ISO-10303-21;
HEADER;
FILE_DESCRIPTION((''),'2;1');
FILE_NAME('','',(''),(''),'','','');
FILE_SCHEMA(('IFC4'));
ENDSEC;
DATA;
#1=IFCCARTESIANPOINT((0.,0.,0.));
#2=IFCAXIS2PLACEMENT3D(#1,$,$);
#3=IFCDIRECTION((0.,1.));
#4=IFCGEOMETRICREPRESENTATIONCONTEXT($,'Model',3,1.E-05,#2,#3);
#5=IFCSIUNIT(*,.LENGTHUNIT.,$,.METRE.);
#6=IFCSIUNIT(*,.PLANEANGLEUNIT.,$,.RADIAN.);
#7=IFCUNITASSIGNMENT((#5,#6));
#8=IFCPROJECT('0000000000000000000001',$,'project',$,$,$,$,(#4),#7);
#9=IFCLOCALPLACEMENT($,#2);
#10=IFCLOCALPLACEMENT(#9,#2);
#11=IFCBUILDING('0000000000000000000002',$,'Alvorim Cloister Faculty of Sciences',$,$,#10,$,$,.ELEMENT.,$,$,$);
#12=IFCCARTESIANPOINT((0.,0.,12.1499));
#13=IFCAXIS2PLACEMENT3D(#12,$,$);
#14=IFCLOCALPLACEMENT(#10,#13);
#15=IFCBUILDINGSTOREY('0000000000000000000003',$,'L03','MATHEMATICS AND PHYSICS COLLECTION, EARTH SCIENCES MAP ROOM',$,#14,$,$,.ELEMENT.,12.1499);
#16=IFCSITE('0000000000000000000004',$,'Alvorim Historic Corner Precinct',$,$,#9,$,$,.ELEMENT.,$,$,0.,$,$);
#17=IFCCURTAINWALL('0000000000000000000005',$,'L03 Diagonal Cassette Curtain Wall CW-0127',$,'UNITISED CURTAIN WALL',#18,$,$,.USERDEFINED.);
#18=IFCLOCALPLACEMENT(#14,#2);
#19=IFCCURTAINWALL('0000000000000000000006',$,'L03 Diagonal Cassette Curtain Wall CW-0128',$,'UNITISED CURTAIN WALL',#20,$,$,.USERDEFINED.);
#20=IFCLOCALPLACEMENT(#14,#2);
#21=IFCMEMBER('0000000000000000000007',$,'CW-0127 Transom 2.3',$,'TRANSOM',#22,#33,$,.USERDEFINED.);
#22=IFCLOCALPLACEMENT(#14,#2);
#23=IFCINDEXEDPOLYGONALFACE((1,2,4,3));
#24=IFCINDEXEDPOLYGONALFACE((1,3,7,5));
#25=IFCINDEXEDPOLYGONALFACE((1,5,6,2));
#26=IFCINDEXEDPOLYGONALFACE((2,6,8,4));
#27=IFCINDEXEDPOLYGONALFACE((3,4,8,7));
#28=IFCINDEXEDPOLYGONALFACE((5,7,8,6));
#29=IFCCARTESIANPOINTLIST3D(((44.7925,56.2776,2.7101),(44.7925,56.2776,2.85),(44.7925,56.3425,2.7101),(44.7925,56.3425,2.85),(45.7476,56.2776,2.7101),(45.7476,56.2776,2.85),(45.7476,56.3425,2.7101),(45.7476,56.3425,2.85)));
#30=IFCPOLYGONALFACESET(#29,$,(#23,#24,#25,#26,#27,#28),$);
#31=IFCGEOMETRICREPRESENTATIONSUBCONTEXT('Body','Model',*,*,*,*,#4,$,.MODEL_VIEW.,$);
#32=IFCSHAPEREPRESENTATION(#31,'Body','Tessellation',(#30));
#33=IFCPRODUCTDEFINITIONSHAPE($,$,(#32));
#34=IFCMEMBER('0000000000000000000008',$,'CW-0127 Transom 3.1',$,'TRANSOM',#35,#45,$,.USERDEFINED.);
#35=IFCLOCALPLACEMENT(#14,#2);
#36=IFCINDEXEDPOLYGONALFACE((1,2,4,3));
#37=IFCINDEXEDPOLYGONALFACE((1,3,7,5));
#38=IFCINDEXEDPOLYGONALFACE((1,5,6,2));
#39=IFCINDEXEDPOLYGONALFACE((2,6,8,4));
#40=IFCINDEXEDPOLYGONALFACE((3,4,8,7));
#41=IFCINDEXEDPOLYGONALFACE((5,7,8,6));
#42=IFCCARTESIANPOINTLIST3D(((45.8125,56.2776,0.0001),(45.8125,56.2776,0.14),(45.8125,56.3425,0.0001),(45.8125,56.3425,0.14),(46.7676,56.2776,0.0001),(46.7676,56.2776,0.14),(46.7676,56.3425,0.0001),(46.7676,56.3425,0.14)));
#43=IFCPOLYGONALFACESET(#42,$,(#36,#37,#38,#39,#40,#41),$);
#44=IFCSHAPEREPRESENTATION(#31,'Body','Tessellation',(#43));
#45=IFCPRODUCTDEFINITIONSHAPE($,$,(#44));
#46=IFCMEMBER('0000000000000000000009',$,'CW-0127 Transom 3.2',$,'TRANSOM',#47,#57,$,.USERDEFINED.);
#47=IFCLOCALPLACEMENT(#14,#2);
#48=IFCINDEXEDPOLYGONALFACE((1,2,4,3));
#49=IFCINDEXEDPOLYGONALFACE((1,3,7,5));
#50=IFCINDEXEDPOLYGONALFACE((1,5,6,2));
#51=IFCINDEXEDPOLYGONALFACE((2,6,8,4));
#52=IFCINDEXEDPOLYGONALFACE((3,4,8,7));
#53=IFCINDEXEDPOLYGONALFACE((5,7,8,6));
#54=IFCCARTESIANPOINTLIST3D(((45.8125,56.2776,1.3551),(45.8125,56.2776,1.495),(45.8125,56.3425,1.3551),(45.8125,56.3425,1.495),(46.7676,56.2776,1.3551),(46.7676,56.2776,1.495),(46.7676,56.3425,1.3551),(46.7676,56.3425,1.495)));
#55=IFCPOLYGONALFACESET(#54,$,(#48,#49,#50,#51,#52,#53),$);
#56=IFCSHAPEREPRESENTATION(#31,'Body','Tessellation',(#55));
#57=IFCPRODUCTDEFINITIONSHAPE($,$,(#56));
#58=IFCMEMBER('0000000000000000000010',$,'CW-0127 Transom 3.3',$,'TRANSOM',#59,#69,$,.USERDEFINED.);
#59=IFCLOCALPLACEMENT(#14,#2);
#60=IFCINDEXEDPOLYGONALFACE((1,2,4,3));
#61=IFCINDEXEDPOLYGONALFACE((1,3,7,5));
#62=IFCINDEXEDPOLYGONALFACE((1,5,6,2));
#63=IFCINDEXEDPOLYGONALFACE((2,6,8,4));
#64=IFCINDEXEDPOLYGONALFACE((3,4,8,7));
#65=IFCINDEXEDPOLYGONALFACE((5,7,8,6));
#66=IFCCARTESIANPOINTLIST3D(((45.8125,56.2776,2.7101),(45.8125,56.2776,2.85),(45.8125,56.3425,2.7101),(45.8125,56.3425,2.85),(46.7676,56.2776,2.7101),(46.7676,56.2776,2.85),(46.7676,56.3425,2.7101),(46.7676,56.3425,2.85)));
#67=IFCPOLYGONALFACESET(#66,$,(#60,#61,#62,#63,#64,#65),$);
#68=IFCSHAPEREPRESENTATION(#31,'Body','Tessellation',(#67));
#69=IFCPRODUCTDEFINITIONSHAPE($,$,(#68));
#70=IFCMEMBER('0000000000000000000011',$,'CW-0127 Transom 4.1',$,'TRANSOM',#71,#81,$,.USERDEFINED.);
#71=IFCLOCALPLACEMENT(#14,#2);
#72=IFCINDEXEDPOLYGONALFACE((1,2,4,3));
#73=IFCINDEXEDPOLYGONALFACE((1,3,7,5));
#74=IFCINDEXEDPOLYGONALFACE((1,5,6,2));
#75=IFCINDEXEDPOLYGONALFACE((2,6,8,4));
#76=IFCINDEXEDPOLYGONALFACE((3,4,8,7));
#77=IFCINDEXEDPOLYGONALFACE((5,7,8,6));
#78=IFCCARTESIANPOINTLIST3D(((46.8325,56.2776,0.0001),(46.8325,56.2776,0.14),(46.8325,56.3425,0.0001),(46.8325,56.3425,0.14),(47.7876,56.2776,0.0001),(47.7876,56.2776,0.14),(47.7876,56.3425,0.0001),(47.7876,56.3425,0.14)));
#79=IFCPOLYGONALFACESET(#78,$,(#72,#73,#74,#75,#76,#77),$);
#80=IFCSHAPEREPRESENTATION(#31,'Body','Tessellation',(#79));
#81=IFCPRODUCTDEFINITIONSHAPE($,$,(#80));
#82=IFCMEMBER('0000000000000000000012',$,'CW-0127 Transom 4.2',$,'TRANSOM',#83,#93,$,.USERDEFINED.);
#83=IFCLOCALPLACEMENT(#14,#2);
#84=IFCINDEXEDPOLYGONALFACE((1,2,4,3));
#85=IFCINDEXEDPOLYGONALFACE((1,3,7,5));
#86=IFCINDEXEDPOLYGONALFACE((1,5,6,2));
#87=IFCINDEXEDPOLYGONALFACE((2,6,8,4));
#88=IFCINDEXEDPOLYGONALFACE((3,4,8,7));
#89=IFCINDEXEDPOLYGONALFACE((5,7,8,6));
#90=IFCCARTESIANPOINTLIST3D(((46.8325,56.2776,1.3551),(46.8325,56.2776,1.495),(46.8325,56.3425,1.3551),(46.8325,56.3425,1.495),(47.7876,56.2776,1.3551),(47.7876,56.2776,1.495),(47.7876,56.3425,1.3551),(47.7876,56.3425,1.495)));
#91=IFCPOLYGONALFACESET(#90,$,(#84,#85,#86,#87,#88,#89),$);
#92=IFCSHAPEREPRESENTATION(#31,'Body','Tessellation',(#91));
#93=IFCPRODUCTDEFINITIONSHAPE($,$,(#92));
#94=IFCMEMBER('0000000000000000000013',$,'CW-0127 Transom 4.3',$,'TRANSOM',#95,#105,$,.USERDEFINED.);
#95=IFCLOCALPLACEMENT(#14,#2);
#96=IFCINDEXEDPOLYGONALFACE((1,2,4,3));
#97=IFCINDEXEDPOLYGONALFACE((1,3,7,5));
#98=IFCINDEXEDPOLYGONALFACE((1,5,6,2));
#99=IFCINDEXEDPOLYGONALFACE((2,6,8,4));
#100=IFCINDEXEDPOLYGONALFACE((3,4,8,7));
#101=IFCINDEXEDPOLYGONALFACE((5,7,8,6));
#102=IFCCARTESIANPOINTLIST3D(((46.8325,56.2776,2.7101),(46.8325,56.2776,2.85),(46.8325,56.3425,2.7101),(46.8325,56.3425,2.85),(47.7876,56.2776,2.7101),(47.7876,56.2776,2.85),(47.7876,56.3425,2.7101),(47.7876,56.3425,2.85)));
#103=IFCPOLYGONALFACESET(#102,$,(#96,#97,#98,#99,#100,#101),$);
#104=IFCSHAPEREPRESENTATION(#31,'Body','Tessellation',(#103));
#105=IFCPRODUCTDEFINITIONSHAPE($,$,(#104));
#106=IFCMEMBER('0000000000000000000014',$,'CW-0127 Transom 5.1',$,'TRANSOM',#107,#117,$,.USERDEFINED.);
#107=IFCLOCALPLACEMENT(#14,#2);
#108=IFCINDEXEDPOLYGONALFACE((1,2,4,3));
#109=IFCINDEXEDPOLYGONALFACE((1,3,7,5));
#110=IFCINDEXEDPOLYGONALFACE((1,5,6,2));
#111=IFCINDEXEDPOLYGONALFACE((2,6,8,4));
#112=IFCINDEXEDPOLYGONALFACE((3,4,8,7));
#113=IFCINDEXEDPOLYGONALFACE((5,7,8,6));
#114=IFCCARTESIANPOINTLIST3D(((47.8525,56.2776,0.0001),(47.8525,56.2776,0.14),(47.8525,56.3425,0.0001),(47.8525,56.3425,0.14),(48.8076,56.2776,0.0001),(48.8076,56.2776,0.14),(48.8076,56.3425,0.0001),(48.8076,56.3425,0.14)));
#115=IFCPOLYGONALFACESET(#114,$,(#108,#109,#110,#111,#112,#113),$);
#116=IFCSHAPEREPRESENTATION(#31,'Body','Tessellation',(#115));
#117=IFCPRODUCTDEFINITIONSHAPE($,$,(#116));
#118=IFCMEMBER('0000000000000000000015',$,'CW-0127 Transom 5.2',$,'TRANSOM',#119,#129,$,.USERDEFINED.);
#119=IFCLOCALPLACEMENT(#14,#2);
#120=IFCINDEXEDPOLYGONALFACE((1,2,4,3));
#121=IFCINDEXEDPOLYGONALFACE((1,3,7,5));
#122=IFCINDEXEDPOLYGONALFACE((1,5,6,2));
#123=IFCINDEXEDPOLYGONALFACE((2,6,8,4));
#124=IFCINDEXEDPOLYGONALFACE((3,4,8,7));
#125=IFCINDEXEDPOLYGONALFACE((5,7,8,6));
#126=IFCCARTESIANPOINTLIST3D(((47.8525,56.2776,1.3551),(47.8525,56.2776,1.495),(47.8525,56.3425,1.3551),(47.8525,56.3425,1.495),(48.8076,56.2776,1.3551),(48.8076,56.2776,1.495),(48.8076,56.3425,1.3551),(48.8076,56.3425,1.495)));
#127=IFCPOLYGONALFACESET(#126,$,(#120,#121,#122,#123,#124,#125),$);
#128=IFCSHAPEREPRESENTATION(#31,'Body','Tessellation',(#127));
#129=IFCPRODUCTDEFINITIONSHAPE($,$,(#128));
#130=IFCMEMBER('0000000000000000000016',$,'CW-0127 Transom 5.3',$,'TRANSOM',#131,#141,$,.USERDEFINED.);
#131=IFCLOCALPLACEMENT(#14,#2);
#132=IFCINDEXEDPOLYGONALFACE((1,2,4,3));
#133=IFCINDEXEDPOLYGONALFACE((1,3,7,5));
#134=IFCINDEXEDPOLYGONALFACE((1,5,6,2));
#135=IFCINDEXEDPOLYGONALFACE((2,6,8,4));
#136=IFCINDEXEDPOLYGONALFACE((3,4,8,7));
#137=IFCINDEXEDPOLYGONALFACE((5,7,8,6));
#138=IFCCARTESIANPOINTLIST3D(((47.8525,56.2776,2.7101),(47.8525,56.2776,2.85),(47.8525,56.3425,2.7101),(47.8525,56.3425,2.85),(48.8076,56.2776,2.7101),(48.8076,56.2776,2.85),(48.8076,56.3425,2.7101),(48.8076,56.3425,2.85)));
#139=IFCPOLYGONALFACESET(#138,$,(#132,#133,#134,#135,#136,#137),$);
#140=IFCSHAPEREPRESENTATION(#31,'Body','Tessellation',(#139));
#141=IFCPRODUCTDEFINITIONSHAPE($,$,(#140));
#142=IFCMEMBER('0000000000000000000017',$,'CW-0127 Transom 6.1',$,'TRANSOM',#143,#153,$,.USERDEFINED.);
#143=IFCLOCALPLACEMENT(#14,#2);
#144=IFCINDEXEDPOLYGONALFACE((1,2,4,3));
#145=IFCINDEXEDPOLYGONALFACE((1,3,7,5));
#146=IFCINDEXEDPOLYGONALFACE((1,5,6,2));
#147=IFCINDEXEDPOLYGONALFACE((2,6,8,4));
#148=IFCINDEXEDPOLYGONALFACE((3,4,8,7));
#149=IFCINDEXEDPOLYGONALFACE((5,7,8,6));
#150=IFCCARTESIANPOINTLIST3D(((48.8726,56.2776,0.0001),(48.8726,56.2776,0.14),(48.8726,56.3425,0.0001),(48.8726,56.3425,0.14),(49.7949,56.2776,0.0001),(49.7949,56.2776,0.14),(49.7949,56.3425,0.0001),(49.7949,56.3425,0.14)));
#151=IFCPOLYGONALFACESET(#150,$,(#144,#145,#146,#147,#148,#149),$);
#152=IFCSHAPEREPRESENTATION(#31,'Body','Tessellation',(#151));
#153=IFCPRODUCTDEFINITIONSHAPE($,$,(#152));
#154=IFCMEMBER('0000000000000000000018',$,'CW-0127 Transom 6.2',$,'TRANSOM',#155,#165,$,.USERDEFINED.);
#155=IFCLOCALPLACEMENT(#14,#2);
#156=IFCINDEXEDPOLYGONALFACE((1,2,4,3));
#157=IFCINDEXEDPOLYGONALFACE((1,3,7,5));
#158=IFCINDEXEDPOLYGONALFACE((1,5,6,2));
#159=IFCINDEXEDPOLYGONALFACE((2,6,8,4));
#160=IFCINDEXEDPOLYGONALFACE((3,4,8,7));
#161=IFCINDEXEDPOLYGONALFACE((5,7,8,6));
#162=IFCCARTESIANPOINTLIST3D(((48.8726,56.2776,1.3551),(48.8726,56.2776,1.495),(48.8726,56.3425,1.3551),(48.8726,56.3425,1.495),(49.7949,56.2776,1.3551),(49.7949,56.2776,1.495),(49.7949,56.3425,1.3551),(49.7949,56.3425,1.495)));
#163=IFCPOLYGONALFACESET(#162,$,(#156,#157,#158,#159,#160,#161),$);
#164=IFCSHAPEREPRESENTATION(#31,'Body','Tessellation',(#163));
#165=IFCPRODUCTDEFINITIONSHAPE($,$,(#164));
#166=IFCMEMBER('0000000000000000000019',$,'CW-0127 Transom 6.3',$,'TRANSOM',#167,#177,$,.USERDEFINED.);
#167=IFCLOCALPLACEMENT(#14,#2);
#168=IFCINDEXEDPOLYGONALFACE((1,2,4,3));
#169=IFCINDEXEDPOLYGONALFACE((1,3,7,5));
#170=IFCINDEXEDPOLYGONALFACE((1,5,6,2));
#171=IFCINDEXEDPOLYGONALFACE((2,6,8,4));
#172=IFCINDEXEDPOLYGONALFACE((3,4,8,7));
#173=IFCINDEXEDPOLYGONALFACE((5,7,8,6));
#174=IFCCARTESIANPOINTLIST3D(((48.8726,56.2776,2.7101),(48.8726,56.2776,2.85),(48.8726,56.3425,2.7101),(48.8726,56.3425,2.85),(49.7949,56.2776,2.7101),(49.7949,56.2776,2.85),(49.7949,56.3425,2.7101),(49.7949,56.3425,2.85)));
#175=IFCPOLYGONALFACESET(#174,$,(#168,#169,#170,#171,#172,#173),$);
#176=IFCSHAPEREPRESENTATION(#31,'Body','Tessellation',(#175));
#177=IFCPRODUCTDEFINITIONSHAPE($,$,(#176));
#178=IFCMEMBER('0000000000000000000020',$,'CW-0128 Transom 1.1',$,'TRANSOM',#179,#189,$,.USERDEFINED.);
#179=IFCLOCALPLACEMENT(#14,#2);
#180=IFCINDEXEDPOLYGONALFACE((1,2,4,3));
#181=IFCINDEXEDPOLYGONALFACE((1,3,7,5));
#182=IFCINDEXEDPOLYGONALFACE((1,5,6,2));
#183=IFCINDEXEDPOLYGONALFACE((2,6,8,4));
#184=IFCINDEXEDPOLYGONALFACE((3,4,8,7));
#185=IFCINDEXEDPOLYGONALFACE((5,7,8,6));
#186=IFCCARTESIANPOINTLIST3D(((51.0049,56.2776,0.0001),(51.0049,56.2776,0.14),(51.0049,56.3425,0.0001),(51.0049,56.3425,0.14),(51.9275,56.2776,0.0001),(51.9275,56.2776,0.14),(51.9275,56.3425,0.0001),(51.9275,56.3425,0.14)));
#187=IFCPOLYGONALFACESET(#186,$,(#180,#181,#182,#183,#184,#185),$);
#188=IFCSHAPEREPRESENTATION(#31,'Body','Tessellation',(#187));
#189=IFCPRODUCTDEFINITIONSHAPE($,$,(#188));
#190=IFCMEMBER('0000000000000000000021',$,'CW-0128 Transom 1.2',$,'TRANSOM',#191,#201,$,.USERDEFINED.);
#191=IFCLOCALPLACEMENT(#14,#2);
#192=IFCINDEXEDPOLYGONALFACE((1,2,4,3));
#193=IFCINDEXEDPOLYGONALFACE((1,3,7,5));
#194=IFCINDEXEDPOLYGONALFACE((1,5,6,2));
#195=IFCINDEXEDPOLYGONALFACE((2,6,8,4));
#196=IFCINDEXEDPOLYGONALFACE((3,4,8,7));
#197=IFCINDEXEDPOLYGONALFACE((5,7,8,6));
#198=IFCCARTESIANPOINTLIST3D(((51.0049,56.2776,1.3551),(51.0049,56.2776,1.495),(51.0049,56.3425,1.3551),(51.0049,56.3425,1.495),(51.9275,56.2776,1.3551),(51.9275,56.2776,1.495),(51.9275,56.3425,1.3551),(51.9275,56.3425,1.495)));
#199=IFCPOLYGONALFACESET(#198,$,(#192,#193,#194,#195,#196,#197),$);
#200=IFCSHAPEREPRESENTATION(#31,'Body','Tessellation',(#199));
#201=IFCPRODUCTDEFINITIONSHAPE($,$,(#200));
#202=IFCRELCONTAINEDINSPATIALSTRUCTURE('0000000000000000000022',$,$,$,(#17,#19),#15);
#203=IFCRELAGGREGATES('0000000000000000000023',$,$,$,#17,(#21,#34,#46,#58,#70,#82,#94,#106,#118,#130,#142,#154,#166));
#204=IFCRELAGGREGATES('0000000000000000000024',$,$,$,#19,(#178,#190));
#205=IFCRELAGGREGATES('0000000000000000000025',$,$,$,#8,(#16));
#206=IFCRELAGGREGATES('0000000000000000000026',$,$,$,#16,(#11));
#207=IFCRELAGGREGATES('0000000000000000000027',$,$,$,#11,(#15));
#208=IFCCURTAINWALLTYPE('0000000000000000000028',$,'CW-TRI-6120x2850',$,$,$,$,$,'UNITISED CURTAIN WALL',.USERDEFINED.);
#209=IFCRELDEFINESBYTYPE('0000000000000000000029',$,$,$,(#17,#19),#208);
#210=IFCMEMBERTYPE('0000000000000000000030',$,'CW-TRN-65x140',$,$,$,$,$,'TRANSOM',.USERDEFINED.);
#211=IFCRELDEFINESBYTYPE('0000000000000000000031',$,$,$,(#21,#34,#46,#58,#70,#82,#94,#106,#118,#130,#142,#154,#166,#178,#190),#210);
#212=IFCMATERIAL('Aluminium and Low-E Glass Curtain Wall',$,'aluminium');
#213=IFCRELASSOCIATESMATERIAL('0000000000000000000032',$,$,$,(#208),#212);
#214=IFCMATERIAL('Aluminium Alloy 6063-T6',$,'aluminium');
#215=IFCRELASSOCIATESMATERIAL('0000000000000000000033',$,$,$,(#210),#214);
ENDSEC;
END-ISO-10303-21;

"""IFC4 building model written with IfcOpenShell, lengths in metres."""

from ifc_helpers import new_model, si_unit, direction, frame, origin, origin_2d, place, context, subcontext, project, spatial, rectangle, extrude, material, material_profile, profile_set, type_object, element, aggregate, save


model = new_model("IFC4")

# Units and contexts
model_context = context("Model", 3, precision=1e-05, world=origin(), true_north=direction((0.0, 1.0)))
body_context = subcontext(model_context, "Body", "Model", "MODEL_VIEW")
ifc_project = project(units=[si_unit("LENGTHUNIT", "METRE"), si_unit("PLANEANGLEUNIT", "RADIAN")], contexts=[model_context])

# Site, building, storey
site_placement = place(None, origin())
site = spatial("IfcSite", under=ifc_project, at=site_placement, Name="Alvorim Historic Corner Precinct", CompositionType="ELEMENT", RefElevation=0.0)
building_placement = place(site_placement, origin())
building = spatial("IfcBuilding", under=site, at=building_placement, Name="Alvorim Cloister Faculty of Sciences", CompositionType="ELEMENT")
storey_placement = place(building_placement, frame((0.0, 0.0, 12.1499)))
storey = spatial("IfcBuildingStorey", under=building, at=storey_placement, Name="L03", Description="MATHEMATICS AND PHYSICS COLLECTION, EARTH SCIENCES MAP ROOM", CompositionType="ELEMENT", Elevation=12.1499)

# Curtain walls
ifc_material_1 = material(Name="Aluminium and Low-E Glass Curtain Wall", Category="aluminium")
curtain_wall_type = type_object("IfcCurtainWallType", Name="CW-TRI-6120x2850", ElementType="UNITISED CURTAIN WALL", PredefinedType="USERDEFINED", material=ifc_material_1)
curtain_wall_1_placement = place(storey_placement, origin())
curtain_wall_1 = element("IfcCurtainWall", 1, at=curtain_wall_1_placement, inside=storey, type_object=curtain_wall_type, Name="L03 Diagonal Cassette Curtain Wall CW-0127", ObjectType="UNITISED CURTAIN WALL", PredefinedType="USERDEFINED")
ifc_material_2 = material(Name="Aluminium Alloy 6063-T6", Category="aluminium")
curtain_wall_2_placement = place(storey_placement, origin())
curtain_wall_2 = element("IfcCurtainWall", 2, at=curtain_wall_2_placement, inside=storey, type_object=curtain_wall_type, Name="L03 Diagonal Cassette Curtain Wall CW-0128", ObjectType="UNITISED CURTAIN WALL", PredefinedType="USERDEFINED")

# Members
ifc_material_profile_1 = material_profile(ifc_material_2, rectangle(XDim=0.0649, YDim=0.1399, at=origin_2d()), Name="ALU-TRN-65x140")
ifc_profile_set_1 = profile_set([ifc_material_profile_1], Name="Aluminium Alloy 6063-T6")
member_type_1 = type_object("IfcMemberType", Name="CW-TRN-65x140", ElementType="TRANSOM", PredefinedType="USERDEFINED", material=ifc_profile_set_1)
member_1_placement = place(storey_placement, frame((44.7925, 56.3101, 2.78), z_axis=(1.0, 0.0, 0.0), x_axis=(0.0, 1.0, 0.0)))
member_1 = element("IfcMember", 3, at=member_1_placement, type_object=member_type_1, Name="CW-0127 Transom 2.3", ObjectType="TRANSOM", PredefinedType="USERDEFINED", context=body_context, shape_type="SweptSolid", body=[
    extrude(rectangle(XDim=0.0649, YDim=0.1399, at=origin_2d()), origin(), (0.0, 0.0, 1.0), 0.9551),
])
member_2_placement = place(storey_placement, frame((45.8125, 56.3101, 0.0701), z_axis=(1.0, 0.0, 0.0), x_axis=(0.0, 1.0, 0.0)))
member_2 = element("IfcMember", 4, at=member_2_placement, type_object=member_type_1, Name="CW-0127 Transom 3.1", ObjectType="TRANSOM", PredefinedType="USERDEFINED", context=body_context, shape_type="SweptSolid", body=[
    extrude(rectangle(XDim=0.0649, YDim=0.1399, at=origin_2d()), origin(), (0.0, 0.0, 1.0), 0.9551),
])
member_3_placement = place(storey_placement, frame((45.8125, 56.3101, 1.425), z_axis=(1.0, 0.0, 0.0), x_axis=(0.0, 1.0, 0.0)))
member_3 = element("IfcMember", 5, at=member_3_placement, type_object=member_type_1, Name="CW-0127 Transom 3.2", ObjectType="TRANSOM", PredefinedType="USERDEFINED", context=body_context, shape_type="SweptSolid", body=[
    extrude(rectangle(XDim=0.0649, YDim=0.1399, at=origin_2d()), origin(), (0.0, 0.0, 1.0), 0.9551),
])
member_4_placement = place(storey_placement, frame((45.8125, 56.3101, 2.78), z_axis=(1.0, 0.0, 0.0), x_axis=(0.0, 1.0, 0.0)))
member_4 = element("IfcMember", 6, at=member_4_placement, type_object=member_type_1, Name="CW-0127 Transom 3.3", ObjectType="TRANSOM", PredefinedType="USERDEFINED", context=body_context, shape_type="SweptSolid", body=[
    extrude(rectangle(XDim=0.0649, YDim=0.1399, at=origin_2d()), origin(), (0.0, 0.0, 1.0), 0.9551),
])
member_5_placement = place(storey_placement, frame((46.8325, 56.3101, 0.0701), z_axis=(1.0, 0.0, 0.0), x_axis=(0.0, 1.0, 0.0)))
member_5 = element("IfcMember", 7, at=member_5_placement, type_object=member_type_1, Name="CW-0127 Transom 4.1", ObjectType="TRANSOM", PredefinedType="USERDEFINED", context=body_context, shape_type="SweptSolid", body=[
    extrude(rectangle(XDim=0.0649, YDim=0.1399, at=origin_2d()), origin(), (0.0, 0.0, 1.0), 0.9551),
])
member_6_placement = place(storey_placement, frame((46.8325, 56.3101, 1.425), z_axis=(1.0, 0.0, 0.0), x_axis=(0.0, 1.0, 0.0)))
member_6 = element("IfcMember", 8, at=member_6_placement, type_object=member_type_1, Name="CW-0127 Transom 4.2", ObjectType="TRANSOM", PredefinedType="USERDEFINED", context=body_context, shape_type="SweptSolid", body=[
    extrude(rectangle(XDim=0.0649, YDim=0.1399, at=origin_2d()), origin(), (0.0, 0.0, 1.0), 0.9551),
])
member_7_placement = place(storey_placement, frame((46.8325, 56.3101, 2.78), z_axis=(1.0, 0.0, 0.0), x_axis=(0.0, 1.0, 0.0)))
member_7 = element("IfcMember", 9, at=member_7_placement, type_object=member_type_1, Name="CW-0127 Transom 4.3", ObjectType="TRANSOM", PredefinedType="USERDEFINED", context=body_context, shape_type="SweptSolid", body=[
    extrude(rectangle(XDim=0.0649, YDim=0.1399, at=origin_2d()), origin(), (0.0, 0.0, 1.0), 0.9551),
])
member_8_placement = place(storey_placement, frame((47.8525, 56.3101, 0.0701), z_axis=(1.0, 0.0, 0.0), x_axis=(0.0, 1.0, 0.0)))
member_8 = element("IfcMember", 10, at=member_8_placement, type_object=member_type_1, Name="CW-0127 Transom 5.1", ObjectType="TRANSOM", PredefinedType="USERDEFINED", context=body_context, shape_type="SweptSolid", body=[
    extrude(rectangle(XDim=0.0649, YDim=0.1399, at=origin_2d()), origin(), (0.0, 0.0, 1.0), 0.9551),
])
member_9_placement = place(storey_placement, frame((47.8525, 56.3101, 1.425), z_axis=(1.0, 0.0, 0.0), x_axis=(0.0, 1.0, 0.0)))
member_9 = element("IfcMember", 11, at=member_9_placement, type_object=member_type_1, Name="CW-0127 Transom 5.2", ObjectType="TRANSOM", PredefinedType="USERDEFINED", context=body_context, shape_type="SweptSolid", body=[
    extrude(rectangle(XDim=0.0649, YDim=0.1399, at=origin_2d()), origin(), (0.0, 0.0, 1.0), 0.9551),
])
member_10_placement = place(storey_placement, frame((47.8525, 56.3101, 2.78), z_axis=(1.0, 0.0, 0.0), x_axis=(0.0, 1.0, 0.0)))
member_10 = element("IfcMember", 12, at=member_10_placement, type_object=member_type_1, Name="CW-0127 Transom 5.3", ObjectType="TRANSOM", PredefinedType="USERDEFINED", context=body_context, shape_type="SweptSolid", body=[
    extrude(rectangle(XDim=0.0649, YDim=0.1399, at=origin_2d()), origin(), (0.0, 0.0, 1.0), 0.9551),
])
member_11_placement = place(storey_placement, frame((48.8726, 56.3101, 0.0701), z_axis=(1.0, 0.0, 0.0), x_axis=(0.0, 1.0, 0.0)))
member_11 = element("IfcMember", 13, at=member_11_placement, type_object=member_type_1, Name="CW-0127 Transom 6.1", ObjectType="TRANSOM", PredefinedType="USERDEFINED", context=body_context, shape_type="SweptSolid", body=[
    extrude(rectangle(XDim=0.0649, YDim=0.1399, at=origin_2d()), origin(), (0.0, 0.0, 1.0), 0.9224),
])
member_12_placement = place(storey_placement, frame((48.8726, 56.3101, 1.425), z_axis=(1.0, 0.0, 0.0), x_axis=(0.0, 1.0, 0.0)))
member_12 = element("IfcMember", 14, at=member_12_placement, type_object=member_type_1, Name="CW-0127 Transom 6.2", ObjectType="TRANSOM", PredefinedType="USERDEFINED", context=body_context, shape_type="SweptSolid", body=[
    extrude(rectangle(XDim=0.0649, YDim=0.1399, at=origin_2d()), origin(), (0.0, 0.0, 1.0), 0.9224),
])
member_13_placement = place(storey_placement, frame((48.8726, 56.3101, 2.78), z_axis=(1.0, 0.0, 0.0), x_axis=(0.0, 1.0, 0.0)))
member_13 = element("IfcMember", 15, at=member_13_placement, type_object=member_type_1, Name="CW-0127 Transom 6.3", ObjectType="TRANSOM", PredefinedType="USERDEFINED", context=body_context, shape_type="SweptSolid", body=[
    extrude(rectangle(XDim=0.0649, YDim=0.1399, at=origin_2d()), origin(), (0.0, 0.0, 1.0), 0.9224),
])
aggregate(curtain_wall_1, [member_1, member_2, member_3, member_4, member_5, member_6, member_7, member_8, member_9, member_10, member_11, member_12, member_13])
member_14_placement = place(storey_placement, frame((51.0049, 56.3101, 0.0701), z_axis=(1.0, 0.0, 0.0), x_axis=(0.0, 1.0, 0.0)))
member_14 = element("IfcMember", 16, at=member_14_placement, type_object=member_type_1, Name="CW-0128 Transom 1.1", ObjectType="TRANSOM", PredefinedType="USERDEFINED", context=body_context, shape_type="SweptSolid", body=[
    extrude(rectangle(XDim=0.0649, YDim=0.1399, at=origin_2d()), origin(), (0.0, 0.0, 1.0), 0.9226),
])
member_15_placement = place(storey_placement, frame((51.0049, 56.3101, 1.425), z_axis=(1.0, 0.0, 0.0), x_axis=(0.0, 1.0, 0.0)))
member_15 = element("IfcMember", 17, at=member_15_placement, type_object=member_type_1, Name="CW-0128 Transom 1.2", ObjectType="TRANSOM", PredefinedType="USERDEFINED", context=body_context, shape_type="SweptSolid", body=[
    extrude(rectangle(XDim=0.0649, YDim=0.1399, at=origin_2d()), origin(), (0.0, 0.0, 1.0), 0.9226),
])
aggregate(curtain_wall_2, [member_14, member_15])

save(model, "model.ifc")
